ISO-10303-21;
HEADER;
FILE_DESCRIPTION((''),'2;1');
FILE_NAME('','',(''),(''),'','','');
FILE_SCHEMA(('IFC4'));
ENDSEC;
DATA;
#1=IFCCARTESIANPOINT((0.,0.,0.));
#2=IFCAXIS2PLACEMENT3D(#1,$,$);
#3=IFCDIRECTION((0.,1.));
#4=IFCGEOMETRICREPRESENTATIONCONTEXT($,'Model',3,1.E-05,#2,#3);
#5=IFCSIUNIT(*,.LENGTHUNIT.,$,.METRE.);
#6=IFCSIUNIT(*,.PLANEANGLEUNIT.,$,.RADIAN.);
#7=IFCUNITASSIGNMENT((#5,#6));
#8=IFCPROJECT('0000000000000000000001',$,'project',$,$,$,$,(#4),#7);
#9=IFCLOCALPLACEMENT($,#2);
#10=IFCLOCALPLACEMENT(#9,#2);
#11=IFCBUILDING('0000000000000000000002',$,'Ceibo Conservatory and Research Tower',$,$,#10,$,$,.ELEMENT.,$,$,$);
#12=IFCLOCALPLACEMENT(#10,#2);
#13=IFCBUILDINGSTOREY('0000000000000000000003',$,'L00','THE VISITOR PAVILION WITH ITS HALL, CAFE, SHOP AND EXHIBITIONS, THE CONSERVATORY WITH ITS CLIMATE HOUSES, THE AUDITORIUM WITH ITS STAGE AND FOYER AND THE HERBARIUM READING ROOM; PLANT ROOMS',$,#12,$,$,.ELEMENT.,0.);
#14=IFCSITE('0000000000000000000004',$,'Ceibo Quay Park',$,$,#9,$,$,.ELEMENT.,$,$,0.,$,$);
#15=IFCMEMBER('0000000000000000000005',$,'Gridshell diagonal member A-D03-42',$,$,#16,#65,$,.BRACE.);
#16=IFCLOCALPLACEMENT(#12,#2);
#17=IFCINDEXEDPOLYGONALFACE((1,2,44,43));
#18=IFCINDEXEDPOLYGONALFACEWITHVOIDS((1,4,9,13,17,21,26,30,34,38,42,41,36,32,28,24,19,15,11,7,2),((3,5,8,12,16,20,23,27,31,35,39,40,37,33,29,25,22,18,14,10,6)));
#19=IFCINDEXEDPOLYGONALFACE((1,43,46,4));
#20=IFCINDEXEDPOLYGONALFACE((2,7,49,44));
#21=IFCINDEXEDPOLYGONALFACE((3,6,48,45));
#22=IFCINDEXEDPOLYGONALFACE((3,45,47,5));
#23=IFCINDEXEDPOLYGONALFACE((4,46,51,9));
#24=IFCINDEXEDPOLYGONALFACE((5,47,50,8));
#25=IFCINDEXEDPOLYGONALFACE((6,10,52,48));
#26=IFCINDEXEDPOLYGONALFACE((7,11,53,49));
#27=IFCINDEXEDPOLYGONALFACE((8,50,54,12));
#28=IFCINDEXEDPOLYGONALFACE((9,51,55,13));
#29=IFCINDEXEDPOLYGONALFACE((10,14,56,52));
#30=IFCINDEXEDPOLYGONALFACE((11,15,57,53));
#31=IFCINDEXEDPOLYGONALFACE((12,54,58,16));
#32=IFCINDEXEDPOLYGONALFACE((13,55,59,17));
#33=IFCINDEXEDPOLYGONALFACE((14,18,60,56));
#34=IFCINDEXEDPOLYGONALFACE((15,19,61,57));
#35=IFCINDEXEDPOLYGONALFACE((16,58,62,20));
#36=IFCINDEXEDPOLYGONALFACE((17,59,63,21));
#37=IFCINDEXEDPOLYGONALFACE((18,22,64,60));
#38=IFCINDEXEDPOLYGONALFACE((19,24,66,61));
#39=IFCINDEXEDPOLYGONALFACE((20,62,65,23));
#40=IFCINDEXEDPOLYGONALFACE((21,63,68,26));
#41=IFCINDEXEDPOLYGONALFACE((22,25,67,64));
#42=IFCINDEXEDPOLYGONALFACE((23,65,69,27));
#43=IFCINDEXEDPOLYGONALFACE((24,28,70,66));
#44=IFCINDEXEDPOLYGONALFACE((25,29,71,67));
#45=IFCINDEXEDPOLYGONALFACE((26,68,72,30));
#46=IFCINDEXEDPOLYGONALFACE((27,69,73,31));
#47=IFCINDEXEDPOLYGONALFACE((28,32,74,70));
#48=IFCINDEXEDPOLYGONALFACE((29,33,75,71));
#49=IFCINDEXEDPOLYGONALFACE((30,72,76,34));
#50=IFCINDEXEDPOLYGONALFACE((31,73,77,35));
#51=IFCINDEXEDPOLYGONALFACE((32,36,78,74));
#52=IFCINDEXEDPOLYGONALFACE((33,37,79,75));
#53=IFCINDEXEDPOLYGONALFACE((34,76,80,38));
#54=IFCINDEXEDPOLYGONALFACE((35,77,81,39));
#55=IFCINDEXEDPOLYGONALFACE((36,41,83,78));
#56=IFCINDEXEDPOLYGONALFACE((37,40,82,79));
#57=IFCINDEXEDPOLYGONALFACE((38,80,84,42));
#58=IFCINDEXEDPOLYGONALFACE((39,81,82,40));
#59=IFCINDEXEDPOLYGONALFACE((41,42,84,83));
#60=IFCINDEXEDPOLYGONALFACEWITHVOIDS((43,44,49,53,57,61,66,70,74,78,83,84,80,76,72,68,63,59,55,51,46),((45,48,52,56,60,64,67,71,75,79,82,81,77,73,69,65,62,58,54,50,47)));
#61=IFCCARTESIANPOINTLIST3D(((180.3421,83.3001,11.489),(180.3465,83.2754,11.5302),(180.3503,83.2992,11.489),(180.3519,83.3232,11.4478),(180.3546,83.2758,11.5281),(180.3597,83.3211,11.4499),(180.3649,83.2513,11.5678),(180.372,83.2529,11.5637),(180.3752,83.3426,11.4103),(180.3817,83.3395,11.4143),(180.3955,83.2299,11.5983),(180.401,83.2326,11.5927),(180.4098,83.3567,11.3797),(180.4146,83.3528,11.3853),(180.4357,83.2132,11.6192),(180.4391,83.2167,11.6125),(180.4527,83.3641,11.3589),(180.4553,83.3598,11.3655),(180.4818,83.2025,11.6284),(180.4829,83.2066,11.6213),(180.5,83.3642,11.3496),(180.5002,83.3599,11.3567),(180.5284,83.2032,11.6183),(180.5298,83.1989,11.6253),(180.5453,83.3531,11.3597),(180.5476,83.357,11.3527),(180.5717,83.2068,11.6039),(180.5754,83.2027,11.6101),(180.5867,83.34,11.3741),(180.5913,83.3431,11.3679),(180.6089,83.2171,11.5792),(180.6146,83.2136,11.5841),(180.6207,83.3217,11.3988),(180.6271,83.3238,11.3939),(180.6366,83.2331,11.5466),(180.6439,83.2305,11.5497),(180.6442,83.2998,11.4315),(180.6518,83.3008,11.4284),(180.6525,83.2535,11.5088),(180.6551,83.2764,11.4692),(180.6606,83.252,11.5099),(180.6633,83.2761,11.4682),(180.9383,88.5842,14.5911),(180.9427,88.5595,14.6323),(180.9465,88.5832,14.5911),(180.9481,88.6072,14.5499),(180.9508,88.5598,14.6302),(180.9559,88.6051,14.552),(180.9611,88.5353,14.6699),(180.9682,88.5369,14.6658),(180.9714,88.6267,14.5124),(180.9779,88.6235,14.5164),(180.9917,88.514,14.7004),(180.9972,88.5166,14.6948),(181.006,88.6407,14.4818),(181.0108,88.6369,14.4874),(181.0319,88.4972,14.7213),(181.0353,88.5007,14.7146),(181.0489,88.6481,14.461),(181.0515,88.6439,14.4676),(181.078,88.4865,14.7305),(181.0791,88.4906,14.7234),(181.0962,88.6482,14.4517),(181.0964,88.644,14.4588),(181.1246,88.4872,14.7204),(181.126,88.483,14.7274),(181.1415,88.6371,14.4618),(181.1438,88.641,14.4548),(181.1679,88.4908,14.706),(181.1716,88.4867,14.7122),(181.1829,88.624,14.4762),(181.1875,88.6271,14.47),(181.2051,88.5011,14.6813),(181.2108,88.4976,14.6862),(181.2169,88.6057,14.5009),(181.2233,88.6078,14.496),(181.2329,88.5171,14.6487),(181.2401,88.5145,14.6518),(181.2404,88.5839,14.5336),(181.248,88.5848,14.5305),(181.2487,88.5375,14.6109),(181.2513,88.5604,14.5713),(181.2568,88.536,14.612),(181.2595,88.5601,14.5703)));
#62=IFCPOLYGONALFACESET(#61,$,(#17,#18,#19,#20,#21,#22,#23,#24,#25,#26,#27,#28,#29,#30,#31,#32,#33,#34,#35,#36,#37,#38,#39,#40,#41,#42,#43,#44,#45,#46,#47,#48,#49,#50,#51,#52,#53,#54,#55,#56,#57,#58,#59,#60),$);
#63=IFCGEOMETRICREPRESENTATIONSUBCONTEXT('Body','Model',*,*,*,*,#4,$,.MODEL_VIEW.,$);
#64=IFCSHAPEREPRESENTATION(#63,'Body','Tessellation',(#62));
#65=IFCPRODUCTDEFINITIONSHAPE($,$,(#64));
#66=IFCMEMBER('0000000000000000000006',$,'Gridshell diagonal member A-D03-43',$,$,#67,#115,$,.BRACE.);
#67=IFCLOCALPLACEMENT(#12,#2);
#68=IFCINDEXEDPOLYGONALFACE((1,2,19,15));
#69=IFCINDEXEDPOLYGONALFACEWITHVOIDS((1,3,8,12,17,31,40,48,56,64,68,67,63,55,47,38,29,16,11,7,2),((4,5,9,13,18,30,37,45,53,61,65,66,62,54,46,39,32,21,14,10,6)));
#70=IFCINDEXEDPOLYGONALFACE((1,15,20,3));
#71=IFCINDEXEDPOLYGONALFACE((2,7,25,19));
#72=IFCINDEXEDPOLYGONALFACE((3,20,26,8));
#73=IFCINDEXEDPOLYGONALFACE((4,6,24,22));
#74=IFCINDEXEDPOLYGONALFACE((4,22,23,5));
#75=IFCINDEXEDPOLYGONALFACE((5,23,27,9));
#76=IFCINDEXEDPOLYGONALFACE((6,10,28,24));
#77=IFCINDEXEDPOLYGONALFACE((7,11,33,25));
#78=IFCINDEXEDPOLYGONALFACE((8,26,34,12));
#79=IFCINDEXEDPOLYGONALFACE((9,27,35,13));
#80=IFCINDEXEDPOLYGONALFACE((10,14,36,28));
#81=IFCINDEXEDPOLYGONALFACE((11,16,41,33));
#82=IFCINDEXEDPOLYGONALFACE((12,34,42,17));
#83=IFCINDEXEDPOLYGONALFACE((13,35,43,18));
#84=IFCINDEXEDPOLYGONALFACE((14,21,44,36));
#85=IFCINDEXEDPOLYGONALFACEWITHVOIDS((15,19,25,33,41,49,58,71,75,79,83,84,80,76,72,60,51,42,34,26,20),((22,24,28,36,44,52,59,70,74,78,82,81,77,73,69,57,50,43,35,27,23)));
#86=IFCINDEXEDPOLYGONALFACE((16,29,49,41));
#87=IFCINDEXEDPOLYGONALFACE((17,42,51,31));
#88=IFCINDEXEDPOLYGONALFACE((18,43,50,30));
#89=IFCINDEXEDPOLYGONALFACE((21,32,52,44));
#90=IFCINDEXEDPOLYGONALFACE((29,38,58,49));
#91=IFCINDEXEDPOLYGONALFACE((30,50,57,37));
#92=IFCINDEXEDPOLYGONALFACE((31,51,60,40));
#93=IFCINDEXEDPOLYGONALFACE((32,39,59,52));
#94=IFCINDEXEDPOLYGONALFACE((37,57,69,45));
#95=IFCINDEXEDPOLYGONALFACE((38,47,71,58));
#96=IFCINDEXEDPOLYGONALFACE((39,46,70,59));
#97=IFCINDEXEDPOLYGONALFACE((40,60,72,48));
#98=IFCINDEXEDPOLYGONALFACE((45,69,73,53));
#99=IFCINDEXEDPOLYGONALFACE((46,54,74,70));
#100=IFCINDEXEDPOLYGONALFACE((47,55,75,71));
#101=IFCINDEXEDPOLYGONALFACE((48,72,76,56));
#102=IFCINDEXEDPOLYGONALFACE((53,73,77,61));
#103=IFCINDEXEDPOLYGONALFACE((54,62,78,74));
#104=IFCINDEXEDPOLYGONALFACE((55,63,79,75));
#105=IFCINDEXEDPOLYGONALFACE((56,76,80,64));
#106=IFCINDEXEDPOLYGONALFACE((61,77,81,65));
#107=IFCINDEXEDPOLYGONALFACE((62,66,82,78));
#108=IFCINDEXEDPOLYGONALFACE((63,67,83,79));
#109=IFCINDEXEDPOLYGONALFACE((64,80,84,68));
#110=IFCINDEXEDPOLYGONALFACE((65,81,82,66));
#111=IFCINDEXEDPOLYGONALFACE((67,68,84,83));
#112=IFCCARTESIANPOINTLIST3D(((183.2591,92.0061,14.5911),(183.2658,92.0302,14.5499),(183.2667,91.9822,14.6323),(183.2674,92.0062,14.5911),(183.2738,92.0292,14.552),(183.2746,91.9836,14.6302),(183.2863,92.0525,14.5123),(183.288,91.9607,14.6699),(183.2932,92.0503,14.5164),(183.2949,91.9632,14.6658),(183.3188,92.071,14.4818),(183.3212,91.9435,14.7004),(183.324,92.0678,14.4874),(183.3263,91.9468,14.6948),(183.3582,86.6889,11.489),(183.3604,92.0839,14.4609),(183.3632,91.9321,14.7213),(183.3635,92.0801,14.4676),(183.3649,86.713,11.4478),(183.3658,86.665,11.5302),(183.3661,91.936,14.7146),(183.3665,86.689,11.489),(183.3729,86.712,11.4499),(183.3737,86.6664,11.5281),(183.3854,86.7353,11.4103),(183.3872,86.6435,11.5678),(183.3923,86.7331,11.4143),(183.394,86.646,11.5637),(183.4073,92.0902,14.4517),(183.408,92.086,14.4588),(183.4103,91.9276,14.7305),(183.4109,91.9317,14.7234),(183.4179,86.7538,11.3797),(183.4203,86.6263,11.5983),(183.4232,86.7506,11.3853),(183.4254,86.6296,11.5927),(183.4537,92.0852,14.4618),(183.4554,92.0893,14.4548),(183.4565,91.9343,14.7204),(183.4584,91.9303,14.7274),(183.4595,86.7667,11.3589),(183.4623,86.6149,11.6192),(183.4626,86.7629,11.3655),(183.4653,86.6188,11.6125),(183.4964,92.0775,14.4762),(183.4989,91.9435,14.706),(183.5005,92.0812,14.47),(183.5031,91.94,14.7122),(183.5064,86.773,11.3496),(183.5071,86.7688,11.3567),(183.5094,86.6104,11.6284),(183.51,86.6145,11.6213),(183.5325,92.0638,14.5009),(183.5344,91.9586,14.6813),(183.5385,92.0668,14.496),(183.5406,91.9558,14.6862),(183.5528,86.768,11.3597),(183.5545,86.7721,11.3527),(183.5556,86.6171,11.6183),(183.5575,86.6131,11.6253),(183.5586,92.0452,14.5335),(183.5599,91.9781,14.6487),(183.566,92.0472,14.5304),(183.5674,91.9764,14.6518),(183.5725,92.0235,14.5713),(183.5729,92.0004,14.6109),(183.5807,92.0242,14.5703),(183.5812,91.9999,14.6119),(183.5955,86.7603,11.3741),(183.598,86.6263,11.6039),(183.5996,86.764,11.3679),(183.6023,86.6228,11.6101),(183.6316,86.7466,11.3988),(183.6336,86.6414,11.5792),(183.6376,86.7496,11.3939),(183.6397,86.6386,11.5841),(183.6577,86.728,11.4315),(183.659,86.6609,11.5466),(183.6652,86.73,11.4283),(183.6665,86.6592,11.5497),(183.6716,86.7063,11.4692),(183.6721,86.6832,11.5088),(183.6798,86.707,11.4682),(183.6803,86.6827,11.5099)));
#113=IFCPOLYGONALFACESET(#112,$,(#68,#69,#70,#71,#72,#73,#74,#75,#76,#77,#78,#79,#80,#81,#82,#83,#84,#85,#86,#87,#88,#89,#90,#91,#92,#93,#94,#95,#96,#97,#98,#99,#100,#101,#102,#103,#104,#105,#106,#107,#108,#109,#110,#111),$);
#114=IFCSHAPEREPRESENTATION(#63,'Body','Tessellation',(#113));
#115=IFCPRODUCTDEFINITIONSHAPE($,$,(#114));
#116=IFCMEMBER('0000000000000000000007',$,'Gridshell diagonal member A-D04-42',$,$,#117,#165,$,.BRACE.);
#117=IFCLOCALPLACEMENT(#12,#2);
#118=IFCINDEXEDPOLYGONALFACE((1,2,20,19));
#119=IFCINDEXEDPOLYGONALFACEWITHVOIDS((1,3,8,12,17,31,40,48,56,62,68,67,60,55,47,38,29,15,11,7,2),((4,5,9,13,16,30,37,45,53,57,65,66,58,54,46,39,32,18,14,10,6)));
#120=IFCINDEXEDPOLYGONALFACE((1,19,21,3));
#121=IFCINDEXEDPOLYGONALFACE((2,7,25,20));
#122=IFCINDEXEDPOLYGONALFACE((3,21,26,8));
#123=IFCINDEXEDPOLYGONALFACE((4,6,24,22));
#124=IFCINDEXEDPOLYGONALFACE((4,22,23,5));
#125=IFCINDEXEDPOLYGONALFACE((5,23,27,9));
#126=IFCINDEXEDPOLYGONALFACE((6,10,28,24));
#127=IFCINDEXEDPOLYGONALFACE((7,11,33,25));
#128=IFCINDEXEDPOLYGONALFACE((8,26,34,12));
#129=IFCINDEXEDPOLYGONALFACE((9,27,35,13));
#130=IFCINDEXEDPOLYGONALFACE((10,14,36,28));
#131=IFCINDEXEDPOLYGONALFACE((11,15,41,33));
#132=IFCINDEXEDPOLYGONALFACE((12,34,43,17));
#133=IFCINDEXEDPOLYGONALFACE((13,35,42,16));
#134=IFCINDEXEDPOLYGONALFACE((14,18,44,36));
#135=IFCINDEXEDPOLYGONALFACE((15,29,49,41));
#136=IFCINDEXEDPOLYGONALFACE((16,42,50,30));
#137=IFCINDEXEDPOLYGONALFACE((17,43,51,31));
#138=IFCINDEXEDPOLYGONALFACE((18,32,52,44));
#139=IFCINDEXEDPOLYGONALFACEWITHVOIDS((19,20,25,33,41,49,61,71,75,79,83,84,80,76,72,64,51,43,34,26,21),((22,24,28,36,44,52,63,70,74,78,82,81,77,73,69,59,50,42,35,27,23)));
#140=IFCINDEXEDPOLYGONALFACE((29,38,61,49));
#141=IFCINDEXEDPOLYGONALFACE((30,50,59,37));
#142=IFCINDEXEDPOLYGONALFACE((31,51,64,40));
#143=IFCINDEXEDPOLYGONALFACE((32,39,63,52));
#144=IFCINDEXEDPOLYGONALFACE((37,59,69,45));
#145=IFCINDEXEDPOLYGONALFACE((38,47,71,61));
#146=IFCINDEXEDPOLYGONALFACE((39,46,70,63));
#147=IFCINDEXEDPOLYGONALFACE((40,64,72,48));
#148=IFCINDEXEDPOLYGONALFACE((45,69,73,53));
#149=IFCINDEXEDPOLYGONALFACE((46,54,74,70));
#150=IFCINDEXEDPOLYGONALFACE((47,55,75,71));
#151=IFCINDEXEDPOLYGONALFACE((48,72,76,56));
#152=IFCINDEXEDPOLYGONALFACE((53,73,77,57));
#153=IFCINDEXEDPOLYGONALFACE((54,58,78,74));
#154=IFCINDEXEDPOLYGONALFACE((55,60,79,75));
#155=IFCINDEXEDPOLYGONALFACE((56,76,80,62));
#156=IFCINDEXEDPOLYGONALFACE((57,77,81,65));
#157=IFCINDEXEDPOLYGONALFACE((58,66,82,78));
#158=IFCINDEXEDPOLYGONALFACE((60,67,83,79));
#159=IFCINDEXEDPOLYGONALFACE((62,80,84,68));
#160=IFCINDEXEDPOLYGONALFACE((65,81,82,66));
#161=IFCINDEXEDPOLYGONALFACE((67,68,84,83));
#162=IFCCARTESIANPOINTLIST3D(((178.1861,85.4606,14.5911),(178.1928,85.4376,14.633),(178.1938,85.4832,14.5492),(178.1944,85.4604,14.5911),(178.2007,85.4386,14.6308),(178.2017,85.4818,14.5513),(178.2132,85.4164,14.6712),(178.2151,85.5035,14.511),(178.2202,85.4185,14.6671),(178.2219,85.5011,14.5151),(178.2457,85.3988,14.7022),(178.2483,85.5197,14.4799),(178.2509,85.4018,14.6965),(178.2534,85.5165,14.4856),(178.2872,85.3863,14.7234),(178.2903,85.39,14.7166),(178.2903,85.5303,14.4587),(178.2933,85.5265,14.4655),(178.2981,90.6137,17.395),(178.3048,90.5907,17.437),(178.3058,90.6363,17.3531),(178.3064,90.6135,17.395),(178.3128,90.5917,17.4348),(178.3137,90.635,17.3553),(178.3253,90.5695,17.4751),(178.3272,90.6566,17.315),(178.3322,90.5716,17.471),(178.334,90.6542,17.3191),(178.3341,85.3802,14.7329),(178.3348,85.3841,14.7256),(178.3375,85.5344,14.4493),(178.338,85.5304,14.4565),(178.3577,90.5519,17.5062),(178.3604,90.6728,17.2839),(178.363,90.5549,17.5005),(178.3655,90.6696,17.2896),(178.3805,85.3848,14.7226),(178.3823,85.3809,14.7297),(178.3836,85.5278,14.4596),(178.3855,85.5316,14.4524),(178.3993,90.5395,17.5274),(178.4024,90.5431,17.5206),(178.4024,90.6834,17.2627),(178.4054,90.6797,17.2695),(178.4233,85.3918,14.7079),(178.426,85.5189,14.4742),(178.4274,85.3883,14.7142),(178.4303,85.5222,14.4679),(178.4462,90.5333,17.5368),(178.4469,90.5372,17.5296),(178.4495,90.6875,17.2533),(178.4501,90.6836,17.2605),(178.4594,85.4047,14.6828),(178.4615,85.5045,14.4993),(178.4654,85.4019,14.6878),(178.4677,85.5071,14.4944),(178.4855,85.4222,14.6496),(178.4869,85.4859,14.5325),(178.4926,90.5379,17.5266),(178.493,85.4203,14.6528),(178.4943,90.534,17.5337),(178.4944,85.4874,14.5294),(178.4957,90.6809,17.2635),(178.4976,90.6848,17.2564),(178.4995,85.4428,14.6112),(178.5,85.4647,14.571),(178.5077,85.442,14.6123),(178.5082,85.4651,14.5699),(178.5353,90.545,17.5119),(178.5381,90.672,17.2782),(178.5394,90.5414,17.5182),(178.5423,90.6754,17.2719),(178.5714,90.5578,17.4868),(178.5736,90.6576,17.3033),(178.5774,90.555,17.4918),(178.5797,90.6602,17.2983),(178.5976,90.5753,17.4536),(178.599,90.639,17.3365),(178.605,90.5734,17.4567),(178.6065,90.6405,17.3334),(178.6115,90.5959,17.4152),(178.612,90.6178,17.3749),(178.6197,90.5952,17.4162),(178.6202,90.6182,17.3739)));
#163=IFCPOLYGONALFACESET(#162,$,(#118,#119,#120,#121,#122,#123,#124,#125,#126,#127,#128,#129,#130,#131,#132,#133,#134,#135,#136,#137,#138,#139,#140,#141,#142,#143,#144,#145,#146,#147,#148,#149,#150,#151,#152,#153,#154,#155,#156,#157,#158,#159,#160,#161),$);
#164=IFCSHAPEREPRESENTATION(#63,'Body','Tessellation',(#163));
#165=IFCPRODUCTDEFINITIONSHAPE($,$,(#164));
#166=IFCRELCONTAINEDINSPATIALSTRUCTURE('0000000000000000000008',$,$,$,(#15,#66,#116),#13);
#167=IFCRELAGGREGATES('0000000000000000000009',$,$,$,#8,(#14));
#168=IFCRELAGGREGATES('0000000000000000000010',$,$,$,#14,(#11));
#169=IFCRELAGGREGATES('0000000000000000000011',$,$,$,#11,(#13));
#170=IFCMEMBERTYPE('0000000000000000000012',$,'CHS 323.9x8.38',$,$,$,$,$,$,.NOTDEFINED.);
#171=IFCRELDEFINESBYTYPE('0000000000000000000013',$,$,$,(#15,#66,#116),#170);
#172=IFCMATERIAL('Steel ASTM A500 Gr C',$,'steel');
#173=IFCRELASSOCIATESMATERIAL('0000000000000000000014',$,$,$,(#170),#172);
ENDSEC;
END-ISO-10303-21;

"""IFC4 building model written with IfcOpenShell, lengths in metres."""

from ifc_helpers import new_model, si_unit, direction, frame, origin, origin_2d, place, context, subcontext, project, spatial, hollow_circle, extrude, material, material_profile, profile_set, type_object, element, save


model = new_model("IFC4")

# Units and contexts
model_context = context("Model", 3, precision=1e-05, world=origin(), true_north=direction((0.0, 1.0)))
body_context = subcontext(model_context, "Body", "Model", "MODEL_VIEW")
ifc_project = project(units=[si_unit("LENGTHUNIT", "METRE"), si_unit("PLANEANGLEUNIT", "RADIAN")], contexts=[model_context])

# Site, building, storey
site_placement = place(None, origin())
site = spatial("IfcSite", under=ifc_project, at=site_placement, Name="Ceibo Quay Park", CompositionType="ELEMENT", RefElevation=0.0)
building_placement = place(site_placement, origin())
building = spatial("IfcBuilding", under=site, at=building_placement, Name="Ceibo Conservatory and Research Tower", CompositionType="ELEMENT")
storey_placement = place(building_placement, origin())
storey = spatial("IfcBuildingStorey", under=building, at=storey_placement, Name="L00", Description="THE VISITOR PAVILION WITH ITS HALL, CAFE, SHOP AND EXHIBITIONS, THE CONSERVATORY WITH ITS CLIMATE HOUSES, THE AUDITORIUM WITH ITS STAGE AND FOYER AND THE HERBARIUM READING ROOM; PLANT ROOMS", CompositionType="ELEMENT", Elevation=0.0)

# Members
ifc_material_1 = material(Name="Steel ASTM A500 Gr C", Category="steel")
ifc_material_profile_1 = material_profile(ifc_material_1, hollow_circle(Radius=0.1619, WallThickness=0.0083, at=origin_2d()), Name="CHS 323.9x8.38")
ifc_profile_set_1 = profile_set([ifc_material_profile_1], Name="Steel ASTM A500 Gr C")
member_type_1 = type_object("IfcMemberType", Name="CHS 323.9x8.38", PredefinedType="NOTDEFINED", material=ifc_profile_set_1)
member_1_placement = place(storey_placement, frame((180.5029, 83.282, 11.489), z_axis=(0.096845, 0.858319, 0.503895), x_axis=(-0.993695, 0.11212, 0.0)))
element("IfcMember", 1, at=member_1_placement, inside=storey, type_object=member_type_1, Name="Gridshell diagonal member A-D03-42", PredefinedType="BRACE", context=body_context, shape_type="SweptSolid", body=[
    extrude(hollow_circle(Radius=0.1619, WallThickness=0.0083, at=origin_2d()), origin(), (0.0, 0.0, 1.0), 6.1562),
])
member_2_placement = place(storey_placement, frame((183.52, 86.6919, 11.489), z_axis=(-0.0161, 0.86364, 0.503853), x_axis=(-0.999826, -0.018639, 0.0)))
element("IfcMember", 2, at=member_2_placement, inside=storey, type_object=member_type_1, Name="Gridshell diagonal member A-D03-43", PredefinedType="BRACE", context=body_context, shape_type="SweptSolid", body=[
    extrude(hollow_circle(Radius=0.1619, WallThickness=0.0083, at=origin_2d()), origin(), (0.0, 0.0, 1.0), 6.1567),
])
member_3_placement = place(storey_placement, frame((178.3479, 85.457, 14.5911), z_axis=(0.019098, 0.878223, 0.47787), x_axis=(-0.999764, 0.021741, 0.0)))
element("IfcMember", 3, at=member_3_placement, inside=storey, type_object=member_type_1, Name="Gridshell diagonal member A-D04-42", PredefinedType="BRACE", context=body_context, shape_type="SweptSolid", body=[
    extrude(hollow_circle(Radius=0.1619, WallThickness=0.0083, at=origin_2d()), origin(), (0.0, 0.0, 1.0), 5.8677),
])

save(model, "model.ifc")
